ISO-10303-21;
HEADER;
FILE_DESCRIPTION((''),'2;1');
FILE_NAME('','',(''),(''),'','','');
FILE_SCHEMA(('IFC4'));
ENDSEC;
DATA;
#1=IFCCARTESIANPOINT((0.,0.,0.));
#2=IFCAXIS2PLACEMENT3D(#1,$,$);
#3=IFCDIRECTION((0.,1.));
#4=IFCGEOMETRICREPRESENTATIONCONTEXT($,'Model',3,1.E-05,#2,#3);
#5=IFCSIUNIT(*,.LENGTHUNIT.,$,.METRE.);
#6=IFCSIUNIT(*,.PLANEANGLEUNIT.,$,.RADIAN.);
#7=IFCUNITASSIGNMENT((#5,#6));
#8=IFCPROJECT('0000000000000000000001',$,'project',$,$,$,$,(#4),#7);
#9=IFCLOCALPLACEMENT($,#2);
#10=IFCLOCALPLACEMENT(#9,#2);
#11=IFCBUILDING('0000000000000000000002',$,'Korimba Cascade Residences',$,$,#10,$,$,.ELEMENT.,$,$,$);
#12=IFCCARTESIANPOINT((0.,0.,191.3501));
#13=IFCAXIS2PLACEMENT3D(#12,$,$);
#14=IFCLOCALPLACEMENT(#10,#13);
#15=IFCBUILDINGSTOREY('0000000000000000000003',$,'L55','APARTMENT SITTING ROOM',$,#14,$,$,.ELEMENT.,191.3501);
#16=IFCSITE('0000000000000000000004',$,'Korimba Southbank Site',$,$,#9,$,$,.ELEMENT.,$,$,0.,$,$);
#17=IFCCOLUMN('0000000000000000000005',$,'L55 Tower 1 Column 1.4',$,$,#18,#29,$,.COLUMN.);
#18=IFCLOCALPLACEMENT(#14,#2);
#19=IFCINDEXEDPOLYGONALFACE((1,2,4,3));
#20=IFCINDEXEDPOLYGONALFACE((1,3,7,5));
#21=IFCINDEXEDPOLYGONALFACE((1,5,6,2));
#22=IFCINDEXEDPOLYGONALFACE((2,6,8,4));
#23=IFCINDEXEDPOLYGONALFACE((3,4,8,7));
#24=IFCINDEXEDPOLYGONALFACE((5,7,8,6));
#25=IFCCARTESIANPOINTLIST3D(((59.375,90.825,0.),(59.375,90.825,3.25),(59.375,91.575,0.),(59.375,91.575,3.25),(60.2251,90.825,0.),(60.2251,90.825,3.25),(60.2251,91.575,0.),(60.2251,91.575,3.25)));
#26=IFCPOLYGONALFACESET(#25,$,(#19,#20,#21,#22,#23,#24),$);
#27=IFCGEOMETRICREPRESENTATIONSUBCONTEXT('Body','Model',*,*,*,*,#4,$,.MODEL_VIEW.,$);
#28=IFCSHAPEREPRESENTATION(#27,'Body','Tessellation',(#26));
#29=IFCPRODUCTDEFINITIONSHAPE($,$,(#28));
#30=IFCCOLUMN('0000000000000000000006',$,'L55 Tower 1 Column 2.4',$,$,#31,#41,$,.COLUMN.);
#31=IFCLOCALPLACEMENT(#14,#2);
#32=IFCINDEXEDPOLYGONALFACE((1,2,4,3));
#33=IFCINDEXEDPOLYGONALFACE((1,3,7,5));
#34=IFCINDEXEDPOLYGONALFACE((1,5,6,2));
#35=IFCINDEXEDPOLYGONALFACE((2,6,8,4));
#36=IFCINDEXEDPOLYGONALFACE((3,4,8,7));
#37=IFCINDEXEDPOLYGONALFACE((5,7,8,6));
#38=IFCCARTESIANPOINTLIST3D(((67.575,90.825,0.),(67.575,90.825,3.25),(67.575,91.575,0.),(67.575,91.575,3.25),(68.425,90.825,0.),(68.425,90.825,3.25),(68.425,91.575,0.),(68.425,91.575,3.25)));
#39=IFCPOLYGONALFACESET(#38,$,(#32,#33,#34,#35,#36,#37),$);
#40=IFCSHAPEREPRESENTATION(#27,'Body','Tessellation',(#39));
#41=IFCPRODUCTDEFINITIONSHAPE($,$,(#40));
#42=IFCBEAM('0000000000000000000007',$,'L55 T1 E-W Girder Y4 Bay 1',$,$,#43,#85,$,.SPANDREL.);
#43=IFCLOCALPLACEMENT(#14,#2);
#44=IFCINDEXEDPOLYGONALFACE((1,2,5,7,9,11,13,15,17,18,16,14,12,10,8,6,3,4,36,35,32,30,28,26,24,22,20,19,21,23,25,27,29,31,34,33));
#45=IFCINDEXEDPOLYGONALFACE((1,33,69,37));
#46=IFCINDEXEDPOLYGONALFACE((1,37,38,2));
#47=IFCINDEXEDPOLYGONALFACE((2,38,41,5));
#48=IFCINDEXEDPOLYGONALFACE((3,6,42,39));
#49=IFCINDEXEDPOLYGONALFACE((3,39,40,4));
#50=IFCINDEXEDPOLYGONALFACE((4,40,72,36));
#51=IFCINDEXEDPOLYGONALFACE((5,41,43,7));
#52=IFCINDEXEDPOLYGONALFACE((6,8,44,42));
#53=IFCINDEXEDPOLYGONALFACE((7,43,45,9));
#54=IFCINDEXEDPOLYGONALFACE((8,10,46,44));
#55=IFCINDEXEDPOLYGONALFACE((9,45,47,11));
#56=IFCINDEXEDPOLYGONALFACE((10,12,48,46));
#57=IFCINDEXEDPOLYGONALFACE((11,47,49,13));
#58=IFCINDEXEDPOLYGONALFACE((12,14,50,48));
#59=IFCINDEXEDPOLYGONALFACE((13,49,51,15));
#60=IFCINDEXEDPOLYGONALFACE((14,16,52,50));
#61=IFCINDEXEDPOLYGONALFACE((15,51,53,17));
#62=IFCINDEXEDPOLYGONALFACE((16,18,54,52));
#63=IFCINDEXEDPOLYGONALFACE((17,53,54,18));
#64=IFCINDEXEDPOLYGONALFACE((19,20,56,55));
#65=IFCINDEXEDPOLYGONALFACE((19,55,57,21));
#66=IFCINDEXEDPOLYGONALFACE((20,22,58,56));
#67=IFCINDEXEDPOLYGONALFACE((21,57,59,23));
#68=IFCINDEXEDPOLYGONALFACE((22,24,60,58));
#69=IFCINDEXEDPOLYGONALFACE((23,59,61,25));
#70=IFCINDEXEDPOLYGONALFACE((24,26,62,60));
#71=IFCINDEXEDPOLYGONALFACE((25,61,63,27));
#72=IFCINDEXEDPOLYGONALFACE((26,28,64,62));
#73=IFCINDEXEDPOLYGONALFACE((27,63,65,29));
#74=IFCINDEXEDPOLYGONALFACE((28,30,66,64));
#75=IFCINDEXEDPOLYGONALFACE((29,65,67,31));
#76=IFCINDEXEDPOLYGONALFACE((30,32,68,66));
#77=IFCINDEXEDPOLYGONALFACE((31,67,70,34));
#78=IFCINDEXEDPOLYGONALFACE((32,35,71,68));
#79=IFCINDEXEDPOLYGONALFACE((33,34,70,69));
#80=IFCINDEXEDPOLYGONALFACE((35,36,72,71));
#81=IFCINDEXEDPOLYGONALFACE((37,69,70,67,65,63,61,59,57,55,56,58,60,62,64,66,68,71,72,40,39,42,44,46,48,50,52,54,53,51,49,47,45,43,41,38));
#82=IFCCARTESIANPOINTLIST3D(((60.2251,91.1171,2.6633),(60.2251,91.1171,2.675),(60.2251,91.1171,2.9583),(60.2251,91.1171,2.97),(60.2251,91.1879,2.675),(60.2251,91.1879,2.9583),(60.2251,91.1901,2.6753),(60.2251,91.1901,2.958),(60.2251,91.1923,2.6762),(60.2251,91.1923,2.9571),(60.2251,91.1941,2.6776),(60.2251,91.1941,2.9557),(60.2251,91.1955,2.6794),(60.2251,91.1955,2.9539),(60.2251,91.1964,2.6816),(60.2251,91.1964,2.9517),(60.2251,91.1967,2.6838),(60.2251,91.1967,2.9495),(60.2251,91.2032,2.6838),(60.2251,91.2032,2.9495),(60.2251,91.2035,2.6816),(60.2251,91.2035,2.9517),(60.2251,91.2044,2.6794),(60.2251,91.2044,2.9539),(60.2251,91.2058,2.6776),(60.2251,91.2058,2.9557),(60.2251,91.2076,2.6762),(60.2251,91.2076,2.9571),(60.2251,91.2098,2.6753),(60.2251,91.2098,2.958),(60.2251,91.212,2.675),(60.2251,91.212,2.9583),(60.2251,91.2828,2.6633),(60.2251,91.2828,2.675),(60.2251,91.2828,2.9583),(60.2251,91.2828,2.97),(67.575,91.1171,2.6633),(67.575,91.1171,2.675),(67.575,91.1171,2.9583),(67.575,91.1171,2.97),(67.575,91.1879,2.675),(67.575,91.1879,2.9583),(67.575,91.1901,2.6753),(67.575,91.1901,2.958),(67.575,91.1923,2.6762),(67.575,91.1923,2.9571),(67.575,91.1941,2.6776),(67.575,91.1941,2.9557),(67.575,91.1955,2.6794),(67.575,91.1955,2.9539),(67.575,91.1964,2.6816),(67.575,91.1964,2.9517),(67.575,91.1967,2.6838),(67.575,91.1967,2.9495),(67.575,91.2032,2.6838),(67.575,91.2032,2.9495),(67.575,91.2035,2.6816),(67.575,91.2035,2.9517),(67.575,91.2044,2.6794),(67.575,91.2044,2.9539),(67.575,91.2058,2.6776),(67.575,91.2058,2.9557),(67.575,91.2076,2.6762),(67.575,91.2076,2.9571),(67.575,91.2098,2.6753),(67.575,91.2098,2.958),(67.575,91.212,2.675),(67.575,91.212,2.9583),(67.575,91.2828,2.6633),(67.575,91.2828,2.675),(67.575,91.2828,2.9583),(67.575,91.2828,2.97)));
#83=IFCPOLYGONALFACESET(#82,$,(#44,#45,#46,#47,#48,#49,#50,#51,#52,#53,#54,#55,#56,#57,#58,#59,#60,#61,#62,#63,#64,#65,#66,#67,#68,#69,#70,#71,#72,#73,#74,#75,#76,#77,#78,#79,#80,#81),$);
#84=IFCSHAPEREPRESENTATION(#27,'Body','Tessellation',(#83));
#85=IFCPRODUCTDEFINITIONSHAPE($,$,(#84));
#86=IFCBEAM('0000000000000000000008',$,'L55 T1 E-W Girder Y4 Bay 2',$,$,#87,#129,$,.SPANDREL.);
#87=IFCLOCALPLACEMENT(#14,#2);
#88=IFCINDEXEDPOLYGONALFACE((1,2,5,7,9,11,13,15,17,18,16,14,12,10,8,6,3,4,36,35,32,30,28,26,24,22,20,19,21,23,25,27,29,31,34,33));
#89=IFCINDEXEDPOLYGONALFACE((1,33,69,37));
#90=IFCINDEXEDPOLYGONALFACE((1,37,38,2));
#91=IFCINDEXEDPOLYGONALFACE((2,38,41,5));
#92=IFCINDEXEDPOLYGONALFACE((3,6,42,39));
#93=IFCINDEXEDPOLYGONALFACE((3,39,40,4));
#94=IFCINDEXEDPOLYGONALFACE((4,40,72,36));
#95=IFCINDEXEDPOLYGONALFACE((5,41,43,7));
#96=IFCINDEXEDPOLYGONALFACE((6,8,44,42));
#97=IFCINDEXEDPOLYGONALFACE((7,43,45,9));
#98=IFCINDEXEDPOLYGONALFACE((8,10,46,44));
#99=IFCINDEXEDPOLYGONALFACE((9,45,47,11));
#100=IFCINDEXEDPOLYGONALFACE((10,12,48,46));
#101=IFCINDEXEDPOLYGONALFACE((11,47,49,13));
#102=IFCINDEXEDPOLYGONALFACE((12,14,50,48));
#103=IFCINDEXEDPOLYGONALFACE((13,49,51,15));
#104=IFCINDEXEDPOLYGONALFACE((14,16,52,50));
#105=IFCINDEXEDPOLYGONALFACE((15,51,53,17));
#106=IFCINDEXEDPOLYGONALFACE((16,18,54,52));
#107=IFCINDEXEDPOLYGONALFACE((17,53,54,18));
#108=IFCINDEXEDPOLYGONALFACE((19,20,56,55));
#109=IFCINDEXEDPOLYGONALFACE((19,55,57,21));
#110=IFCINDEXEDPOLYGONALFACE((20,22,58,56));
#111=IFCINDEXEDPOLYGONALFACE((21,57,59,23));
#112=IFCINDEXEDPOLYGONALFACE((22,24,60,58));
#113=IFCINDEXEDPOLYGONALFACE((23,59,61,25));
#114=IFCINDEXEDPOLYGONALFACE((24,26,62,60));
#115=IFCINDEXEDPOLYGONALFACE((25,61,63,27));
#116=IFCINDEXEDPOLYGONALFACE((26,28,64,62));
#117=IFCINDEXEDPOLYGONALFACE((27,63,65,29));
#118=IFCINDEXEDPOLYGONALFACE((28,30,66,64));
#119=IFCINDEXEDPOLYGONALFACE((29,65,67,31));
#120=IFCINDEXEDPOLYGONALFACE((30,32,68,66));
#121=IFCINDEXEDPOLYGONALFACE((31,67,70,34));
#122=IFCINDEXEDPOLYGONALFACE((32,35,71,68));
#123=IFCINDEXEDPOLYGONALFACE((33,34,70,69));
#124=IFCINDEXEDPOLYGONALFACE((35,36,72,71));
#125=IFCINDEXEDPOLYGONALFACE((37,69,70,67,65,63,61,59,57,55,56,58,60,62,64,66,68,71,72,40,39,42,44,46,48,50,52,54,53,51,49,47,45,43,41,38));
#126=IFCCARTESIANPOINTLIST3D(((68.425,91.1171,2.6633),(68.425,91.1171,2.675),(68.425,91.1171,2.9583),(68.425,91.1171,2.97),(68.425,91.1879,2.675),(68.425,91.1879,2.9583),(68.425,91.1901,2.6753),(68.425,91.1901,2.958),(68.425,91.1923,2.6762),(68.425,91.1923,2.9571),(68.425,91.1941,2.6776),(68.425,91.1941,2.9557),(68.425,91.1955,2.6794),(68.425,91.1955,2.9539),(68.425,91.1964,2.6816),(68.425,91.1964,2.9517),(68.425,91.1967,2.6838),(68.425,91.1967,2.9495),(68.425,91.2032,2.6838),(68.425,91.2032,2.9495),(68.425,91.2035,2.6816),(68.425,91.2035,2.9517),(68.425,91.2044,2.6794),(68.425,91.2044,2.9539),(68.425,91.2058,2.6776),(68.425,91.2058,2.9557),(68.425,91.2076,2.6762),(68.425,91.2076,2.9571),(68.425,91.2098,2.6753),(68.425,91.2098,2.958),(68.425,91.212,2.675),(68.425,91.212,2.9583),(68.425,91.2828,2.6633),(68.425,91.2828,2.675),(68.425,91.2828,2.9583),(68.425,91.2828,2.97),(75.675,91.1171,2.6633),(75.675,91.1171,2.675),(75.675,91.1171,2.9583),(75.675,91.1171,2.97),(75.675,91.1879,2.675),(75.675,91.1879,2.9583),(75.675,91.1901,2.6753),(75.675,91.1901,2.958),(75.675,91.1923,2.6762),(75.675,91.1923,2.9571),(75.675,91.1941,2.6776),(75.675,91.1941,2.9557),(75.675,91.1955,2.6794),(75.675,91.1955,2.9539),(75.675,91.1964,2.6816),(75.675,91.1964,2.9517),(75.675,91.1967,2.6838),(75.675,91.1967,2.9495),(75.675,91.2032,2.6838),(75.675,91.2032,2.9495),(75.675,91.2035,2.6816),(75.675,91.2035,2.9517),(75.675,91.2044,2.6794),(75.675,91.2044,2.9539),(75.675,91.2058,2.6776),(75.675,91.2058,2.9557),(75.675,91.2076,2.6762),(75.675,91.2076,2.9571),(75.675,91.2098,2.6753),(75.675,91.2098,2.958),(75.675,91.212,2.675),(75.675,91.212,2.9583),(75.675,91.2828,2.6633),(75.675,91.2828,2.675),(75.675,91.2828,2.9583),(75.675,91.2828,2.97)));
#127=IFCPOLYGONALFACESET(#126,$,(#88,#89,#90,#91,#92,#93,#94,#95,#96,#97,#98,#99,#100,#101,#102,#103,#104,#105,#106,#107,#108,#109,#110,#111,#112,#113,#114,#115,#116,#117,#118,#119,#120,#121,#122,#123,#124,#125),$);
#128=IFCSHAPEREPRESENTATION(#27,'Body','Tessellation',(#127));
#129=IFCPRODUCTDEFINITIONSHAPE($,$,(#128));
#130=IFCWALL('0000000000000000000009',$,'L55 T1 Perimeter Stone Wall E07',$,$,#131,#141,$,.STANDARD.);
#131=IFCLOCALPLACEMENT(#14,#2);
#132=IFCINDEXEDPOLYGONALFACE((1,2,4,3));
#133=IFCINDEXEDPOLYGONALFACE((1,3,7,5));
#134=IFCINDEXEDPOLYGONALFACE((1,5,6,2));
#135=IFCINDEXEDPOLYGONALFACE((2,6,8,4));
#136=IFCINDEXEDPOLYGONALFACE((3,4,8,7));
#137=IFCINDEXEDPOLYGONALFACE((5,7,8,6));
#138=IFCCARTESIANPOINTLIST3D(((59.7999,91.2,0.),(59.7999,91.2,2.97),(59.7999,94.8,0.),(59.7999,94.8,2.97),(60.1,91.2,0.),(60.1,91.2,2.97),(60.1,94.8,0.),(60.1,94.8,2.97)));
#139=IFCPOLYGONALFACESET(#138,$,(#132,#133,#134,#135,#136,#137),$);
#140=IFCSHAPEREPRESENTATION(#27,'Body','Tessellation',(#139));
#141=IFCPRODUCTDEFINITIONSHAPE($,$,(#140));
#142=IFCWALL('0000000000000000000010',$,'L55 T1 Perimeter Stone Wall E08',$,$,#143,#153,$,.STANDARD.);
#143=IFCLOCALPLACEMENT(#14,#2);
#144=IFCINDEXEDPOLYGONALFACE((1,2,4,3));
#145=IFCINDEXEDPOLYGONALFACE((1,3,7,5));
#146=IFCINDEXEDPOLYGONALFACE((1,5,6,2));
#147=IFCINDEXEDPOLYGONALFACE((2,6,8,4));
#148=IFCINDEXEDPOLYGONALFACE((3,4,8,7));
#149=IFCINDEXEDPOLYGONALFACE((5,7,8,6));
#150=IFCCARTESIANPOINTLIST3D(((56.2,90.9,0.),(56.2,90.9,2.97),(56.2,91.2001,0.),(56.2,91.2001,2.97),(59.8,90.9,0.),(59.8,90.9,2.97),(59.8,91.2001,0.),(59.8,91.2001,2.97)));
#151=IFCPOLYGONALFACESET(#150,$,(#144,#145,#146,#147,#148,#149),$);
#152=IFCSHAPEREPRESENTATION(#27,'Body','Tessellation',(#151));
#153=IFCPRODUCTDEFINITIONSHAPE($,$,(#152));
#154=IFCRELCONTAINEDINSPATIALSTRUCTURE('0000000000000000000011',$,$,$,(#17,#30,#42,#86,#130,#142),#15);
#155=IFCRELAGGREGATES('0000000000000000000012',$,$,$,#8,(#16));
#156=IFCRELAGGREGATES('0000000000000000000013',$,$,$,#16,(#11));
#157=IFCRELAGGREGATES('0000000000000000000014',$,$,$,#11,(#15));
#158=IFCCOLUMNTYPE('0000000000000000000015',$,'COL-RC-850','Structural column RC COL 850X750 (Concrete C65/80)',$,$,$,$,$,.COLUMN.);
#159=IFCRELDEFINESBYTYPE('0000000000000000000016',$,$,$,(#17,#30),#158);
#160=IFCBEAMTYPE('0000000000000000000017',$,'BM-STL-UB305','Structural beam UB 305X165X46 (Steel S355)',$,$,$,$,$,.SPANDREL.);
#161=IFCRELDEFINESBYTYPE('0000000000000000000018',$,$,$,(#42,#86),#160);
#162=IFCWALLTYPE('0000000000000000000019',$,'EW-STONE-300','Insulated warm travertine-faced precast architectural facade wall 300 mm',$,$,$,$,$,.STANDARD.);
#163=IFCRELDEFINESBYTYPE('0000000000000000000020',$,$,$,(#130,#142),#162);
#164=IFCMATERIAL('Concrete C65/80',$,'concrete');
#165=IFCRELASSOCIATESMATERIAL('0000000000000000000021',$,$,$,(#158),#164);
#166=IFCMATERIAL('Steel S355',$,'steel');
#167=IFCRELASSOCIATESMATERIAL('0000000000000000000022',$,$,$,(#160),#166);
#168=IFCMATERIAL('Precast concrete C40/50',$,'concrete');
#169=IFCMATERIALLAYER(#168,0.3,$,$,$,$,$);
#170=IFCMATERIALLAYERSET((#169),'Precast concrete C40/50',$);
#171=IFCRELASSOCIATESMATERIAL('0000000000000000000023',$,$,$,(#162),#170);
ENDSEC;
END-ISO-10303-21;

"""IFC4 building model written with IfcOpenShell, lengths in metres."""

from ifc_helpers import new_model, si_unit, direction, frame, frame_2d, origin, origin_2d, place, context, subcontext, project, spatial, rectangle, i_section, extrude, material, layer, layer_set, material_profile, profile_set, type_object, element, save


model = new_model("IFC4")

# Units and contexts
model_context = context("Model", 3, precision=1e-05, world=origin(), true_north=direction((0.0, 1.0)))
body_context = subcontext(model_context, "Body", "Model", "MODEL_VIEW")
ifc_project = project(units=[si_unit("LENGTHUNIT", "METRE"), si_unit("PLANEANGLEUNIT", "RADIAN")], contexts=[model_context])

# Site, building, storey
site_placement = place(None, origin())
site = spatial("IfcSite", under=ifc_project, at=site_placement, Name="Korimba Southbank Site", CompositionType="ELEMENT", RefElevation=0.0)
building_placement = place(site_placement, origin())
building = spatial("IfcBuilding", under=site, at=building_placement, Name="Korimba Cascade Residences", CompositionType="ELEMENT")
storey_placement = place(building_placement, frame((0.0, 0.0, 191.3501)))
storey = spatial("IfcBuildingStorey", under=building, at=storey_placement, Name="L55", Description="APARTMENT SITTING ROOM", CompositionType="ELEMENT", Elevation=191.3501)

# Columns
ifc_material_1 = material(Name="Concrete C65/80", Category="concrete")
ifc_material_profile_1 = material_profile(ifc_material_1, rectangle(XDim=0.8501, YDim=0.75, at=origin_2d()), Name="Concrete C65/80")
ifc_profile_set_1 = profile_set([ifc_material_profile_1], Name="Concrete C65/80")
column_type = type_object("IfcColumnType", Name="COL-RC-850", Description="Structural column RC COL 850X750 (Concrete C65/80)", PredefinedType="COLUMN", material=ifc_profile_set_1)
for number, where, z_axis, x_axis, name in (
    (1, (59.8, 91.2, 0.0), (0.0, 0.0, 1.0), (1.0, 0.0, 0.0), "L55 Tower 1 Column 1.4"),
    (2, (68.0, 91.2, 0.0), (0.0, 0.0, 1.0), (1.0, 0.0, 0.0), "L55 Tower 1 Column 2.4"),
):
    element("IfcColumn", number, at=place(storey_placement, frame(where, z_axis=z_axis, x_axis=x_axis)), inside=storey, type_object=column_type, Name=name, PredefinedType="COLUMN", context=body_context, shape_type="SweptSolid", body=[
        extrude(rectangle(XDim=0.8501, YDim=0.75, at=origin_2d()), origin(), (0.0, 0.0, 1.0), 3.25),
    ])

# Beams
ifc_material_2 = material(Name="Steel S355", Category="steel")
ifc_material_profile_2 = material_profile(ifc_material_2, i_section(OverallWidth=0.1658, OverallDepth=0.3066, WebThickness=0.0066, FlangeThickness=0.0117, FilletRadius=0.0088, at=origin_2d()), Name="Steel S355")
ifc_profile_set_2 = profile_set([ifc_material_profile_2], Name="Steel S355")
beam_type = type_object("IfcBeamType", Name="BM-STL-UB305", Description="Structural beam UB 305X165X46 (Steel S355)", PredefinedType="SPANDREL", material=ifc_profile_set_2)
beam_1_placement = place(storey_placement, frame((60.2251, 91.2, 2.8167), z_axis=(1.0, 0.0, 0.0), x_axis=(0.0, 1.0, 0.0)))
element("IfcBeam", 3, at=beam_1_placement, inside=storey, type_object=beam_type, Name="L55 T1 E-W Girder Y4 Bay 1", PredefinedType="SPANDREL", context=body_context, shape_type="SweptSolid", body=[
    extrude(i_section(OverallWidth=0.1658, OverallDepth=0.3066, WebThickness=0.0066, FlangeThickness=0.0117, FilletRadius=0.0088, at=origin_2d()), origin(), (0.0, 0.0, 1.0), 7.3499),
])
beam_2_placement = place(storey_placement, frame((68.425, 91.2, 2.8167), z_axis=(1.0, 0.0, 0.0), x_axis=(0.0, 1.0, 0.0)))
element("IfcBeam", 4, at=beam_2_placement, inside=storey, type_object=beam_type, Name="L55 T1 E-W Girder Y4 Bay 2", PredefinedType="SPANDREL", context=body_context, shape_type="SweptSolid", body=[
    extrude(i_section(OverallWidth=0.1658, OverallDepth=0.3066, WebThickness=0.0066, FlangeThickness=0.0117, FilletRadius=0.0088, at=origin_2d()), origin(), (0.0, 0.0, 1.0), 7.25),
])

# Walls
ifc_material_3 = material(Name="Precast concrete C40/50", Category="concrete")
ifc_layer_1 = layer(ifc_material_3, 0.3)
ifc_layer_set_1 = layer_set([ifc_layer_1], Name="Precast concrete C40/50")
wall_type_1 = type_object("IfcWallType", Name="EW-STONE-300", Description="Insulated warm travertine-faced precast architectural facade wall 300 mm", PredefinedType="STANDARD", material=ifc_layer_set_1)
for number, where, z_axis, x_axis, name in (
    (5, (59.95, 94.8, 0.0), (0.0, 0.0, 1.0), (0.0, -1.0, 0.0), "L55 T1 Perimeter Stone Wall E07"),
    (6, (59.8, 91.05, 0.0), (0.0, 0.0, 1.0), (-1.0, 0.0, 0.0), "L55 T1 Perimeter Stone Wall E08"),
):
    element("IfcWall", number, at=place(storey_placement, frame(where, z_axis=z_axis, x_axis=x_axis)), inside=storey, type_object=wall_type_1, Name=name, PredefinedType="STANDARD", context=body_context, shape_type="SweptSolid", body=[
        extrude(rectangle(XDim=3.6001, YDim=0.3, at=frame_2d((1.8, 0.0))), origin(), (0.0, 0.0, 1.0), 2.97),
    ])

save(model, "model.ifc")
